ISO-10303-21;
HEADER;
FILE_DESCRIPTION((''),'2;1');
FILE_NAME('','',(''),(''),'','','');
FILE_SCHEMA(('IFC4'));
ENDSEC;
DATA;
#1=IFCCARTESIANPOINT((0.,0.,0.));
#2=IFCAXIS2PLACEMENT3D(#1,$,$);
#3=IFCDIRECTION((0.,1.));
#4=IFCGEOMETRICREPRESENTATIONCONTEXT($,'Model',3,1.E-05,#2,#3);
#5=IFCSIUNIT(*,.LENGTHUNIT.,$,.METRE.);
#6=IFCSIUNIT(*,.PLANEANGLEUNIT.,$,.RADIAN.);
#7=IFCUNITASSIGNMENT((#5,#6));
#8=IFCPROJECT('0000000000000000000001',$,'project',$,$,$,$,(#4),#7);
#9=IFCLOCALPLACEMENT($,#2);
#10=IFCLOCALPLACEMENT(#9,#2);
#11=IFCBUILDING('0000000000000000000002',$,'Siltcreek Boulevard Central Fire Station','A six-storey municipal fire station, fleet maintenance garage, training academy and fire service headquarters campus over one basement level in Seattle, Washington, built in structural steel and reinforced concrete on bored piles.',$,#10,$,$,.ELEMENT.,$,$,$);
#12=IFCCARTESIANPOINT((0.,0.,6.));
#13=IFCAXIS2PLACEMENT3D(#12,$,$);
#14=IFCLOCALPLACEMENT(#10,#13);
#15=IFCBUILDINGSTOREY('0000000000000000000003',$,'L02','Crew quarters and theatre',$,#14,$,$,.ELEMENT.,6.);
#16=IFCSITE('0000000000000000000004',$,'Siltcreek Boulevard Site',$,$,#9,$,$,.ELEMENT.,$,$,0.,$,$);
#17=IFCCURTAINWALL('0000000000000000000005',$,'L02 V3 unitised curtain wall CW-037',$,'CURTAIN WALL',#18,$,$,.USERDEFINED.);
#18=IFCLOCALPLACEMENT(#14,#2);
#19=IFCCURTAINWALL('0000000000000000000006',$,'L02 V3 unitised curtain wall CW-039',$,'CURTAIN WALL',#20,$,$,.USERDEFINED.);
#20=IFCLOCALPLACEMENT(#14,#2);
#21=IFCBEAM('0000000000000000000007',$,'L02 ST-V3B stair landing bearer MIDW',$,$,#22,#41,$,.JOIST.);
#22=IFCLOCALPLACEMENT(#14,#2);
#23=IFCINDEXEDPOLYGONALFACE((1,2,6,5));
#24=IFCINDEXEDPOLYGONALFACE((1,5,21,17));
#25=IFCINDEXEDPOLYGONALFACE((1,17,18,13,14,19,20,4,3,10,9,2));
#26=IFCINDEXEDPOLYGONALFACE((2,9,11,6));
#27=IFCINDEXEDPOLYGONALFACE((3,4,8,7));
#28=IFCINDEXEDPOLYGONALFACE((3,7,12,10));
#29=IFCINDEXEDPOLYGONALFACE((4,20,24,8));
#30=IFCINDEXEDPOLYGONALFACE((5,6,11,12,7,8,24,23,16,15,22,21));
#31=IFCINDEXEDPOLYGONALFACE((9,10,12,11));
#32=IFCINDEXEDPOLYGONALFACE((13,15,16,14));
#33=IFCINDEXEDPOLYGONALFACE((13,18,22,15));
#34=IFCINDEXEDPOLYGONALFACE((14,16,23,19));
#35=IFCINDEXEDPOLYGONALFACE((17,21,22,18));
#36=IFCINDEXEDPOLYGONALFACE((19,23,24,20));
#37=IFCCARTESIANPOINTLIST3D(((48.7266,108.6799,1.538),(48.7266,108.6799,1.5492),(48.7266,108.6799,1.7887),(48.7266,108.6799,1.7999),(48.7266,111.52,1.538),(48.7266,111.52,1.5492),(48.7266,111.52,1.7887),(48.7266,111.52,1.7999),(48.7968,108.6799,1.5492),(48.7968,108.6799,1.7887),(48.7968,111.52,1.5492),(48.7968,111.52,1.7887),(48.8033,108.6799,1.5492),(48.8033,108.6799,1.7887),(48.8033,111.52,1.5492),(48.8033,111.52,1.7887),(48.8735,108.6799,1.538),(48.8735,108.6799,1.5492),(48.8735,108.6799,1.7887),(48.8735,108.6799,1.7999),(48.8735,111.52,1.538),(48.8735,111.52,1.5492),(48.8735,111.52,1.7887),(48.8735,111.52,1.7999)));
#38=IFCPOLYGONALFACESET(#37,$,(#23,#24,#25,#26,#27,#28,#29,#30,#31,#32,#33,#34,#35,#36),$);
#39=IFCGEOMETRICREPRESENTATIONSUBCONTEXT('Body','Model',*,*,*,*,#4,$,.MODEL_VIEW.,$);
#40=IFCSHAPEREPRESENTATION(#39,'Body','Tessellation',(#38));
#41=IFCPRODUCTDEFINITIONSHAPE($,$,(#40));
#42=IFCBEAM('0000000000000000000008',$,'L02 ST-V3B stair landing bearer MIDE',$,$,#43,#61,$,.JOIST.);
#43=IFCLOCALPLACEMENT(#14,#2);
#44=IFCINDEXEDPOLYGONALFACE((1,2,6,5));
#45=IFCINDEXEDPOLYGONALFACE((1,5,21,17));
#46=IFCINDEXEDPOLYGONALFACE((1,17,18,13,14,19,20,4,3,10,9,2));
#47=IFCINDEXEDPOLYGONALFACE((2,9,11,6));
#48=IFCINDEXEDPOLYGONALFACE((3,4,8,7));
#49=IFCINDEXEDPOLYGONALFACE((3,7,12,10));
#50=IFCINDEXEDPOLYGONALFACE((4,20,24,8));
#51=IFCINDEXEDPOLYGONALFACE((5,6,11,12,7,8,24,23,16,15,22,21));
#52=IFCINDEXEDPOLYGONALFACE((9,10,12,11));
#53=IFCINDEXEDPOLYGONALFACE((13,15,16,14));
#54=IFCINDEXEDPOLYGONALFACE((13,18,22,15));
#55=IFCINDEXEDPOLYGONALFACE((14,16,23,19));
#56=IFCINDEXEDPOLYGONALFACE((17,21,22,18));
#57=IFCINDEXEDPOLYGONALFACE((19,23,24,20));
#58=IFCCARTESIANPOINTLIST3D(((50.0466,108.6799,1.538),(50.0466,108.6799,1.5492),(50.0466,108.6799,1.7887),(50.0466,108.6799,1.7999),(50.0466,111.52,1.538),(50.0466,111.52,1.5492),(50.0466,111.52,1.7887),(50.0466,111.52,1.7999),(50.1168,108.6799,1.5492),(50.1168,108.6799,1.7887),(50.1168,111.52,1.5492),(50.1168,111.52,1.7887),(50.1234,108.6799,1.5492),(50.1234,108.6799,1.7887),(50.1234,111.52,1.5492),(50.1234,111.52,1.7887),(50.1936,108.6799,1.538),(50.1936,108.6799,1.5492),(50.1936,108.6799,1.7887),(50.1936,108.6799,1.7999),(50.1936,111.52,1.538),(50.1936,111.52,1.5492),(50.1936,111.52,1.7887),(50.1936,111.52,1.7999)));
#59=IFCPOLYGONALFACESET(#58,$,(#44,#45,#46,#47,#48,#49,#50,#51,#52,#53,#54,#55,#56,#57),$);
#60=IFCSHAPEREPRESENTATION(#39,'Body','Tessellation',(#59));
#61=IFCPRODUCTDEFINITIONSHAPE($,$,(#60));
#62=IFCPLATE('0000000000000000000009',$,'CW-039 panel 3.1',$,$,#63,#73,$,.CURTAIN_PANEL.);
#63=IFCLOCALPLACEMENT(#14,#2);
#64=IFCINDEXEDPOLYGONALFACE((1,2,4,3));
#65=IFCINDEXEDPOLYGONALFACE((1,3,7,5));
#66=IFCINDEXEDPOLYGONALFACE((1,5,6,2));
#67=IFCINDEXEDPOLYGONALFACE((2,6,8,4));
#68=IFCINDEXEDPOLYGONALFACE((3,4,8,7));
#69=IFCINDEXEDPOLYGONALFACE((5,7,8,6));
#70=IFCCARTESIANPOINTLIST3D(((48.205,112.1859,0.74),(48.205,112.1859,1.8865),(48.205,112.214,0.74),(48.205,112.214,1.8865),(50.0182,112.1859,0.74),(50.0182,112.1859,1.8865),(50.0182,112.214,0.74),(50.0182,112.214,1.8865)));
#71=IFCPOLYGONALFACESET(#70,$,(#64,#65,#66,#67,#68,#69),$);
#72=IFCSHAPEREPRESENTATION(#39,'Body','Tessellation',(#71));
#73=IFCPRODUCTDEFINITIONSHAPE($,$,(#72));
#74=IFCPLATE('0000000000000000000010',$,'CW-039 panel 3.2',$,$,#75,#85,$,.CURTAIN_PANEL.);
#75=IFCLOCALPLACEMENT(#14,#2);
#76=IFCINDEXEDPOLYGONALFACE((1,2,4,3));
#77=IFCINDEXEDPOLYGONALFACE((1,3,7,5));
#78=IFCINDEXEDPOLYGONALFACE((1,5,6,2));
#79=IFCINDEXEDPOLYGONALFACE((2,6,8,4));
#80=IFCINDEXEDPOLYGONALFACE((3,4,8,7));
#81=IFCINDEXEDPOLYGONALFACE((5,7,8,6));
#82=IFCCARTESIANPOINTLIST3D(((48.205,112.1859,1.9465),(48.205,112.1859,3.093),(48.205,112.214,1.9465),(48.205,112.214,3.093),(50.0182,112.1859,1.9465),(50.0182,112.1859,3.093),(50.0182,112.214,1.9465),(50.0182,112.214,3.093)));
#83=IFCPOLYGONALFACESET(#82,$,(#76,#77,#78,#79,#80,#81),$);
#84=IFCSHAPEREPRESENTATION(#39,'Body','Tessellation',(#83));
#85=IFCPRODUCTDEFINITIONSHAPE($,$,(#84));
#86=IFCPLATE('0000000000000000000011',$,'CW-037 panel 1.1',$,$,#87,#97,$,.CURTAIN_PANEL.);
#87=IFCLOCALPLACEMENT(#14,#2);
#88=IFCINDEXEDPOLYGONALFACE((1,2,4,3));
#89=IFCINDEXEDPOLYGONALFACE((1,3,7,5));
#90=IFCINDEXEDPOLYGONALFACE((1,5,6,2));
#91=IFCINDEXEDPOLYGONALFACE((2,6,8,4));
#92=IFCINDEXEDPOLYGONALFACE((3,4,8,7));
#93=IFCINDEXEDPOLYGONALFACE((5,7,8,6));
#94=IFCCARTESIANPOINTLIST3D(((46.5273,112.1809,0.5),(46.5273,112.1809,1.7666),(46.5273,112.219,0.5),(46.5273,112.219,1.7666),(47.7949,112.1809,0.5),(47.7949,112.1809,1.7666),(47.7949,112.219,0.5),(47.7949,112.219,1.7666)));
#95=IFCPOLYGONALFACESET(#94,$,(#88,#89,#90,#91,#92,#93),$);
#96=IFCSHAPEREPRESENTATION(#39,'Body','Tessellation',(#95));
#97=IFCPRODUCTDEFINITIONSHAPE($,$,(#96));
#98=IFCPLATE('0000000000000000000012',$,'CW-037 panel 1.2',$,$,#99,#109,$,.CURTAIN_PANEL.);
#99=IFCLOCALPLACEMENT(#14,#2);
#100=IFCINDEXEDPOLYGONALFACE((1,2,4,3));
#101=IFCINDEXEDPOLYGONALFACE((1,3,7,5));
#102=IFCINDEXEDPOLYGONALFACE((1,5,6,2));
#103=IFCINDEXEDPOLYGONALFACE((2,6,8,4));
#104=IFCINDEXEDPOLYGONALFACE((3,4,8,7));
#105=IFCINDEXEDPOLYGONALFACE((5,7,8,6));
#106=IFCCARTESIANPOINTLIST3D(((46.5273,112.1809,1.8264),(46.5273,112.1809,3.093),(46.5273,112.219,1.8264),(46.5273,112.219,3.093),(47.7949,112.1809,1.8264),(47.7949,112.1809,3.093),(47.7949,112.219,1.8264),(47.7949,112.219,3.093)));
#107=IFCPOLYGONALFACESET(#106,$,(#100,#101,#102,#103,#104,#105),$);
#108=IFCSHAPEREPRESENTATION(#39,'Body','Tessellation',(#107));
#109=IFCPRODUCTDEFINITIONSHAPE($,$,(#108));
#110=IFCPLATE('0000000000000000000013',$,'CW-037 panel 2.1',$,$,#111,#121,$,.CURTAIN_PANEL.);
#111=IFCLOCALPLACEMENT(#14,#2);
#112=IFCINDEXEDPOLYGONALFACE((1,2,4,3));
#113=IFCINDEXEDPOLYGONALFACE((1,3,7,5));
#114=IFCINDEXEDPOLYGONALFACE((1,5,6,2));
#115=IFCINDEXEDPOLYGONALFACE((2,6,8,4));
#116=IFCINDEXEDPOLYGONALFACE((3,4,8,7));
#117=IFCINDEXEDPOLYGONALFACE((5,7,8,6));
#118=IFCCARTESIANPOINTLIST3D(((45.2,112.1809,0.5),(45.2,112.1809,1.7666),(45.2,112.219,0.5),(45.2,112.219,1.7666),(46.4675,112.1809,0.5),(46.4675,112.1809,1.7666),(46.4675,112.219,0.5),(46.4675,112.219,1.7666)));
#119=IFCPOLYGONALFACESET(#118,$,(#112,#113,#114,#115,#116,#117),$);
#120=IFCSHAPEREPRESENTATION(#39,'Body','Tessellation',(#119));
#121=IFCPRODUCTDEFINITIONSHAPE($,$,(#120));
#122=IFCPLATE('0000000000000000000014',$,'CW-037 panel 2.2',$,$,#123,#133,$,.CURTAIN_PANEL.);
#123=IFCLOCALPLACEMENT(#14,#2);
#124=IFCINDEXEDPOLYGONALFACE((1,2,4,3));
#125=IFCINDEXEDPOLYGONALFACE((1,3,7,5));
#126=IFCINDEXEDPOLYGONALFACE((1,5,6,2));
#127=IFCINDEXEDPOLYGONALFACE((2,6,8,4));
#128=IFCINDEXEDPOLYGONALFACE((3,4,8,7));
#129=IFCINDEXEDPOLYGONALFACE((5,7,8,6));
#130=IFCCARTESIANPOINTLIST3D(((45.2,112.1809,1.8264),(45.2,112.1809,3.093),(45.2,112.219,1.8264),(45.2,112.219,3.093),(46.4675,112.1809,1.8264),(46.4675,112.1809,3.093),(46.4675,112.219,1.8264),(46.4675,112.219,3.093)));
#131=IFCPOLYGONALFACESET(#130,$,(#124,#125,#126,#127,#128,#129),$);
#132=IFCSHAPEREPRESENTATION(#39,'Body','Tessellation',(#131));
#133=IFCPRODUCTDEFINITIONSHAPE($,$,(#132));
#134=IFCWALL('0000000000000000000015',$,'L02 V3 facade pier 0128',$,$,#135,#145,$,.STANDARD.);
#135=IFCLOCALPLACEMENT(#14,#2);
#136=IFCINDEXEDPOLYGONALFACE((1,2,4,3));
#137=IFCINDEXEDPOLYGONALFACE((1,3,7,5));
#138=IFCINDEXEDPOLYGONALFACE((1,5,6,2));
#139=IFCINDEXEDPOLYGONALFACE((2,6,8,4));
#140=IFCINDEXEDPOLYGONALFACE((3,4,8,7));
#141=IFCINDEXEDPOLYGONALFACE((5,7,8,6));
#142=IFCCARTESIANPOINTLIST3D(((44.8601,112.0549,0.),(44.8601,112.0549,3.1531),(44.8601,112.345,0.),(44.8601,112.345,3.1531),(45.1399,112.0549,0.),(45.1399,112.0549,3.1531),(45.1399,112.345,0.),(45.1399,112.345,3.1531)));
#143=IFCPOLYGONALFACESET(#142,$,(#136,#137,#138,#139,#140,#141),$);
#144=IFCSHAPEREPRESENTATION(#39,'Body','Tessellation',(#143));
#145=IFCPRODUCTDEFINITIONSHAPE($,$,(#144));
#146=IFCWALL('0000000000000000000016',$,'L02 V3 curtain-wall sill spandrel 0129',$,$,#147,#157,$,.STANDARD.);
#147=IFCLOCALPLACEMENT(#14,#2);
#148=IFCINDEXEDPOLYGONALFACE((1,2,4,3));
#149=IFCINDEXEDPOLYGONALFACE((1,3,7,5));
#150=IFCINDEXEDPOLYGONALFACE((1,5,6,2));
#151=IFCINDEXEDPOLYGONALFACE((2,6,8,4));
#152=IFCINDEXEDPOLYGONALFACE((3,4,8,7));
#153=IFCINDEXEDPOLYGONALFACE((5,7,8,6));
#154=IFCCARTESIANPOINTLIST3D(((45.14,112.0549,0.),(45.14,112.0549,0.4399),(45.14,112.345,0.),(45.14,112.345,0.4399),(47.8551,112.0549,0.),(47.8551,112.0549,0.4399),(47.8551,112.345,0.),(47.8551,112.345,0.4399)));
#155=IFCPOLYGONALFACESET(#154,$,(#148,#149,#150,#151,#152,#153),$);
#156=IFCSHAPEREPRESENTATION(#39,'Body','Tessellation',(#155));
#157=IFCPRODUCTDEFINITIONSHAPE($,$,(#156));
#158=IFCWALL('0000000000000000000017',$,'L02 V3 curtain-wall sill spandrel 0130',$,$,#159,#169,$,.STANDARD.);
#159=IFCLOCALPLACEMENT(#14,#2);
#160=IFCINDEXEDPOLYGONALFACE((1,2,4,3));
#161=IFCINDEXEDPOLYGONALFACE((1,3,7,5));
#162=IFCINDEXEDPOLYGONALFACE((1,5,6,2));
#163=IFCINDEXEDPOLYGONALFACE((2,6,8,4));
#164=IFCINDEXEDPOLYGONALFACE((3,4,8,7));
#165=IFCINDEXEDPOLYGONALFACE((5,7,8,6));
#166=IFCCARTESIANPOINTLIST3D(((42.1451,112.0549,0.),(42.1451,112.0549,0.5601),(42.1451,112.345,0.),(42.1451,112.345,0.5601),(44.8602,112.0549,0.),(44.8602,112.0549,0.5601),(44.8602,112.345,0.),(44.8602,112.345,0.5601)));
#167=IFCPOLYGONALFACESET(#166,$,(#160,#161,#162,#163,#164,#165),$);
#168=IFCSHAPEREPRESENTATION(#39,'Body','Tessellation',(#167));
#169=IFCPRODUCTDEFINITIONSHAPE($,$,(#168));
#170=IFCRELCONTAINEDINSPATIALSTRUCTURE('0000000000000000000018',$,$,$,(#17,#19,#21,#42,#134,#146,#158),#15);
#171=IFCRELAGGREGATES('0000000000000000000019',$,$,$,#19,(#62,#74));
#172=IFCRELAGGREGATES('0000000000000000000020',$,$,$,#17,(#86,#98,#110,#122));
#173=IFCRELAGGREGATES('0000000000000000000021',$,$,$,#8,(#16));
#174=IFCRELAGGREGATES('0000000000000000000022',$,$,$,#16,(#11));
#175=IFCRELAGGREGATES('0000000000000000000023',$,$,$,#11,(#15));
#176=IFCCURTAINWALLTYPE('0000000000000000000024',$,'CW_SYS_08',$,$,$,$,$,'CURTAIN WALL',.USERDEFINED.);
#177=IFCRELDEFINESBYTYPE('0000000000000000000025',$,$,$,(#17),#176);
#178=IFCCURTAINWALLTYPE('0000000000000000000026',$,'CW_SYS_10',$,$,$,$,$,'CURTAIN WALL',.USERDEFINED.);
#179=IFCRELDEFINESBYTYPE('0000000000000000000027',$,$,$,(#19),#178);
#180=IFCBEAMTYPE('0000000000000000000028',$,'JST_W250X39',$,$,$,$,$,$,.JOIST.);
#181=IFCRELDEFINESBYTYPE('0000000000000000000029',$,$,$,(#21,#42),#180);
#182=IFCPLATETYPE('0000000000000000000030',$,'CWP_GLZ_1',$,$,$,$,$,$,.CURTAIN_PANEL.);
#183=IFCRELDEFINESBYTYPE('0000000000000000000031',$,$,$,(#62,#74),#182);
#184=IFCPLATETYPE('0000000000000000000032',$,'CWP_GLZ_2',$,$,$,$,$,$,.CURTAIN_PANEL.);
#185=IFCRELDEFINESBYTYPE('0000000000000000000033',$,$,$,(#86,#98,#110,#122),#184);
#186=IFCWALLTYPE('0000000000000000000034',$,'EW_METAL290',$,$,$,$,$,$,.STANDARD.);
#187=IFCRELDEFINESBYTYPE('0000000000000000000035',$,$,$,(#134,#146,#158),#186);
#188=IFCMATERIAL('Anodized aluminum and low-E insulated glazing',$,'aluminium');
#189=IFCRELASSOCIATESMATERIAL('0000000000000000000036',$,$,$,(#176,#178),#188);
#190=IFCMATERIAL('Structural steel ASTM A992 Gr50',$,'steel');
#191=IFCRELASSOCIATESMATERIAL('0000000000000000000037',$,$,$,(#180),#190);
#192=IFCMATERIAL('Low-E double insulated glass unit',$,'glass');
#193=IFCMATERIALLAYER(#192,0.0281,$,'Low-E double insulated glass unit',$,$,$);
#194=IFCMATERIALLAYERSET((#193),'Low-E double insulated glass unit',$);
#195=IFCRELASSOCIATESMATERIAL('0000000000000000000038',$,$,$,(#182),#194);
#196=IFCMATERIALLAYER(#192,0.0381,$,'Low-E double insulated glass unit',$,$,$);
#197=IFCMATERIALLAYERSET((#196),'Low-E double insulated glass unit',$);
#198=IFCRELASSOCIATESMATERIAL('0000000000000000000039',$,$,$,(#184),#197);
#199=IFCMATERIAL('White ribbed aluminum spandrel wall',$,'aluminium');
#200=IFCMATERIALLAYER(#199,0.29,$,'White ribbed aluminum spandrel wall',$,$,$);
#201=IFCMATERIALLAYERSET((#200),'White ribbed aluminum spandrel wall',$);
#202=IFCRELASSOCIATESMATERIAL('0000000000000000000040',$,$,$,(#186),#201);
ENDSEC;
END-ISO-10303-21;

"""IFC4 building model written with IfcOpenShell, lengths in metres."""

from ifc_helpers import new_model, si_unit, direction, frame, frame_2d, origin, origin_2d, place, context, subcontext, project, spatial, rectangle, i_section, extrude, material, layer, layer_set, material_profile, profile_set, type_object, element, aggregate, save


model = new_model("IFC4")

# Units and contexts
model_context = context("Model", 3, precision=1e-05, world=origin(), true_north=direction((0.0, 1.0)))
body_context = subcontext(model_context, "Body", "Model", "MODEL_VIEW")
ifc_project = project(units=[si_unit("LENGTHUNIT", "METRE"), si_unit("PLANEANGLEUNIT", "RADIAN")], contexts=[model_context])

# Site, building, storey
site_placement = place(None, origin())
site = spatial("IfcSite", under=ifc_project, at=site_placement, Name="Siltcreek Boulevard Site", CompositionType="ELEMENT", RefElevation=0.0)
building_placement = place(site_placement, origin())
building = spatial("IfcBuilding", under=site, at=building_placement, Name="Siltcreek Boulevard Central Fire Station", Description="A six-storey municipal fire station, fleet maintenance garage, training academy and fire service headquarters campus over one basement level in Seattle, Washington, built in structural steel and reinforced concrete on bored piles.", CompositionType="ELEMENT")
storey_placement = place(building_placement, frame((0.0, 0.0, 6.0)))
storey = spatial("IfcBuildingStorey", under=building, at=storey_placement, Name="L02", Description="Crew quarters and theatre", CompositionType="ELEMENT", Elevation=6.0)

# Shared definitions
ifc_material_1 = material(Name="Structural steel ASTM A992 Gr50", Category="steel")

# Curtain walls
ifc_material_2 = material(Name="Anodized aluminum and low-E insulated glazing", Category="aluminium")
curtain_wall_type_1 = type_object("IfcCurtainWallType", Name="CW_SYS_08", ElementType="CURTAIN WALL", PredefinedType="USERDEFINED", material=ifc_material_2)
curtain_wall_1_placement = place(storey_placement, origin())
curtain_wall_1 = element("IfcCurtainWall", 1, at=curtain_wall_1_placement, inside=storey, type_object=curtain_wall_type_1, Name="L02 V3 unitised curtain wall CW-037", ObjectType="CURTAIN WALL", PredefinedType="USERDEFINED")
curtain_wall_type_2 = type_object("IfcCurtainWallType", Name="CW_SYS_10", ElementType="CURTAIN WALL", PredefinedType="USERDEFINED", material=ifc_material_2)
curtain_wall_2_placement = place(storey_placement, origin())
curtain_wall_2 = element("IfcCurtainWall", 2, at=curtain_wall_2_placement, inside=storey, type_object=curtain_wall_type_2, Name="L02 V3 unitised curtain wall CW-039", ObjectType="CURTAIN WALL", PredefinedType="USERDEFINED")

# Beams
ifc_material_profile_1 = material_profile(ifc_material_1, i_section(OverallWidth=0.147, OverallDepth=0.262, WebThickness=0.0066, FlangeThickness=0.0112, at=origin_2d()), Name="W250X39")
ifc_profile_set_1 = profile_set([ifc_material_profile_1], Name="Structural steel ASTM A992 Gr50")
beam_type_1 = type_object("IfcBeamType", Name="JST_W250X39", PredefinedType="JOIST", material=ifc_profile_set_1)
for number, where, z_axis, x_axis, name in (
    (3, (48.8, 108.6799, 1.6689), (0.0, 1.0, 0.0), (-1.0, 0.0, 0.0), "L02 ST-V3B stair landing bearer MIDW"),
    (4, (50.1201, 108.6799, 1.6689), (0.0, 1.0, 0.0), (-1.0, 0.0, 0.0), "L02 ST-V3B stair landing bearer MIDE"),
):
    element("IfcBeam", number, at=place(storey_placement, frame(where, z_axis=z_axis, x_axis=x_axis)), inside=storey, type_object=beam_type_1, Name=name, PredefinedType="JOIST", context=body_context, shape_type="SweptSolid", body=[
        extrude(i_section(OverallWidth=0.147, OverallDepth=0.262, WebThickness=0.0066, FlangeThickness=0.0112, at=origin_2d()), origin(), (0.0, 0.0, 1.0), 2.8401),
    ])

# Plates
ifc_material_3 = material(Name="Low-E double insulated glass unit", Category="glass")
ifc_layer_1 = layer(ifc_material_3, 0.0281, Name="Low-E double insulated glass unit")
ifc_layer_set_1 = layer_set([ifc_layer_1], Name="Low-E double insulated glass unit")
plate_type_1 = type_object("IfcPlateType", Name="CWP_GLZ_1", PredefinedType="CURTAIN_PANEL", material=ifc_layer_set_1)
plate_1_placement = place(storey_placement, frame((49.1116, 112.2, 0.74), z_axis=(0.0, 0.0, 1.0), x_axis=(-1.0, 0.0, 0.0)))
plate_1 = element("IfcPlate", 5, at=plate_1_placement, type_object=plate_type_1, Name="CW-039 panel 3.1", PredefinedType="CURTAIN_PANEL", context=body_context, shape_type="SweptSolid", body=[
    extrude(rectangle(XDim=1.8132, YDim=0.0281, at=origin_2d()), origin(), (0.0, 0.0, 1.0), 1.1465),
])
plate_2_placement = place(storey_placement, frame((49.1116, 112.2, 1.9465), z_axis=(0.0, 0.0, 1.0), x_axis=(-1.0, 0.0, 0.0)))
plate_2 = element("IfcPlate", 6, at=plate_2_placement, type_object=plate_type_1, Name="CW-039 panel 3.2", PredefinedType="CURTAIN_PANEL", context=body_context, shape_type="SweptSolid", body=[
    extrude(rectangle(XDim=1.8132, YDim=0.0281, at=origin_2d()), origin(), (0.0, 0.0, 1.0), 1.1465),
])
aggregate(curtain_wall_2, [plate_1, plate_2])
ifc_layer_2 = layer(ifc_material_3, 0.0381, Name="Low-E double insulated glass unit")
ifc_layer_set_2 = layer_set([ifc_layer_2], Name="Low-E double insulated glass unit")
plate_type_2 = type_object("IfcPlateType", Name="CWP_GLZ_2", PredefinedType="CURTAIN_PANEL", material=ifc_layer_set_2)
plate_3_placement = place(storey_placement, frame((47.1611, 112.2, 0.5), z_axis=(0.0, 0.0, 1.0), x_axis=(-1.0, 0.0, 0.0)))
plate_3 = element("IfcPlate", 7, at=plate_3_placement, type_object=plate_type_2, Name="CW-037 panel 1.1", PredefinedType="CURTAIN_PANEL", context=body_context, shape_type="SweptSolid", body=[
    extrude(rectangle(XDim=1.2676, YDim=0.0381, at=origin_2d()), origin(), (0.0, 0.0, 1.0), 1.2666),
])
plate_4_placement = place(storey_placement, frame((47.1611, 112.2, 1.8264), z_axis=(0.0, 0.0, 1.0), x_axis=(-1.0, 0.0, 0.0)))
plate_4 = element("IfcPlate", 8, at=plate_4_placement, type_object=plate_type_2, Name="CW-037 panel 1.2", PredefinedType="CURTAIN_PANEL", context=body_context, shape_type="SweptSolid", body=[
    extrude(rectangle(XDim=1.2676, YDim=0.0381, at=origin_2d()), origin(), (0.0, 0.0, 1.0), 1.2666),
])
plate_5_placement = place(storey_placement, frame((45.8337, 112.2, 0.5), z_axis=(0.0, 0.0, 1.0), x_axis=(-1.0, 0.0, 0.0)))
plate_5 = element("IfcPlate", 9, at=plate_5_placement, type_object=plate_type_2, Name="CW-037 panel 2.1", PredefinedType="CURTAIN_PANEL", context=body_context, shape_type="SweptSolid", body=[
    extrude(rectangle(XDim=1.2676, YDim=0.0381, at=origin_2d()), origin(), (0.0, 0.0, 1.0), 1.2666),
])
plate_6_placement = place(storey_placement, frame((45.8337, 112.2, 1.8264), z_axis=(0.0, 0.0, 1.0), x_axis=(-1.0, 0.0, 0.0)))
plate_6 = element("IfcPlate", 10, at=plate_6_placement, type_object=plate_type_2, Name="CW-037 panel 2.2", PredefinedType="CURTAIN_PANEL", context=body_context, shape_type="SweptSolid", body=[
    extrude(rectangle(XDim=1.2676, YDim=0.0381, at=origin_2d()), origin(), (0.0, 0.0, 1.0), 1.2666),
])
aggregate(curtain_wall_1, [plate_3, plate_4, plate_5, plate_6])

# Walls
ifc_material_4 = material(Name="White ribbed aluminum spandrel wall", Category="aluminium")
ifc_layer_3 = layer(ifc_material_4, 0.29, Name="White ribbed aluminum spandrel wall")
ifc_layer_set_3 = layer_set([ifc_layer_3], Name="White ribbed aluminum spandrel wall")
wall_type = type_object("IfcWallType", Name="EW_METAL290", PredefinedType="STANDARD", material=ifc_layer_set_3)
wall_1_placement = place(storey_placement, frame((45.1399, 112.2, 0.0), z_axis=(0.0, 0.0, 1.0), x_axis=(-1.0, 0.0, 0.0)))
element("IfcWall", 11, at=wall_1_placement, inside=storey, type_object=wall_type, Name="L02 V3 facade pier 0128", PredefinedType="STANDARD", context=body_context, shape_type="SweptSolid", body=[
    extrude(rectangle(XDim=0.2798, YDim=0.29, at=frame_2d((0.1399, 0.0))), origin(), (0.0, 0.0, 1.0), 3.1531),
])
wall_2_placement = place(storey_placement, frame((47.855, 112.2, 0.0), z_axis=(0.0, 0.0, 1.0), x_axis=(-1.0, 0.0, 0.0)))
element("IfcWall", 12, at=wall_2_placement, inside=storey, type_object=wall_type, Name="L02 V3 curtain-wall sill spandrel 0129", PredefinedType="STANDARD", context=body_context, shape_type="SweptSolid", body=[
    extrude(rectangle(XDim=2.7151, YDim=0.29, at=frame_2d((1.3574, 0.0))), origin(), (0.0, 0.0, 1.0), 0.4399),
])
wall_3_placement = place(storey_placement, frame((44.8601, 112.2, 0.0), z_axis=(0.0, 0.0, 1.0), x_axis=(-1.0, 0.0, 0.0)))
element("IfcWall", 13, at=wall_3_placement, inside=storey, type_object=wall_type, Name="L02 V3 curtain-wall sill spandrel 0130", PredefinedType="STANDARD", context=body_context, shape_type="SweptSolid", body=[
    extrude(rectangle(XDim=2.7151, YDim=0.29, at=frame_2d((1.3574, 0.0))), origin(), (0.0, 0.0, 1.0), 0.5601),
])

save(model, "model.ifc")
